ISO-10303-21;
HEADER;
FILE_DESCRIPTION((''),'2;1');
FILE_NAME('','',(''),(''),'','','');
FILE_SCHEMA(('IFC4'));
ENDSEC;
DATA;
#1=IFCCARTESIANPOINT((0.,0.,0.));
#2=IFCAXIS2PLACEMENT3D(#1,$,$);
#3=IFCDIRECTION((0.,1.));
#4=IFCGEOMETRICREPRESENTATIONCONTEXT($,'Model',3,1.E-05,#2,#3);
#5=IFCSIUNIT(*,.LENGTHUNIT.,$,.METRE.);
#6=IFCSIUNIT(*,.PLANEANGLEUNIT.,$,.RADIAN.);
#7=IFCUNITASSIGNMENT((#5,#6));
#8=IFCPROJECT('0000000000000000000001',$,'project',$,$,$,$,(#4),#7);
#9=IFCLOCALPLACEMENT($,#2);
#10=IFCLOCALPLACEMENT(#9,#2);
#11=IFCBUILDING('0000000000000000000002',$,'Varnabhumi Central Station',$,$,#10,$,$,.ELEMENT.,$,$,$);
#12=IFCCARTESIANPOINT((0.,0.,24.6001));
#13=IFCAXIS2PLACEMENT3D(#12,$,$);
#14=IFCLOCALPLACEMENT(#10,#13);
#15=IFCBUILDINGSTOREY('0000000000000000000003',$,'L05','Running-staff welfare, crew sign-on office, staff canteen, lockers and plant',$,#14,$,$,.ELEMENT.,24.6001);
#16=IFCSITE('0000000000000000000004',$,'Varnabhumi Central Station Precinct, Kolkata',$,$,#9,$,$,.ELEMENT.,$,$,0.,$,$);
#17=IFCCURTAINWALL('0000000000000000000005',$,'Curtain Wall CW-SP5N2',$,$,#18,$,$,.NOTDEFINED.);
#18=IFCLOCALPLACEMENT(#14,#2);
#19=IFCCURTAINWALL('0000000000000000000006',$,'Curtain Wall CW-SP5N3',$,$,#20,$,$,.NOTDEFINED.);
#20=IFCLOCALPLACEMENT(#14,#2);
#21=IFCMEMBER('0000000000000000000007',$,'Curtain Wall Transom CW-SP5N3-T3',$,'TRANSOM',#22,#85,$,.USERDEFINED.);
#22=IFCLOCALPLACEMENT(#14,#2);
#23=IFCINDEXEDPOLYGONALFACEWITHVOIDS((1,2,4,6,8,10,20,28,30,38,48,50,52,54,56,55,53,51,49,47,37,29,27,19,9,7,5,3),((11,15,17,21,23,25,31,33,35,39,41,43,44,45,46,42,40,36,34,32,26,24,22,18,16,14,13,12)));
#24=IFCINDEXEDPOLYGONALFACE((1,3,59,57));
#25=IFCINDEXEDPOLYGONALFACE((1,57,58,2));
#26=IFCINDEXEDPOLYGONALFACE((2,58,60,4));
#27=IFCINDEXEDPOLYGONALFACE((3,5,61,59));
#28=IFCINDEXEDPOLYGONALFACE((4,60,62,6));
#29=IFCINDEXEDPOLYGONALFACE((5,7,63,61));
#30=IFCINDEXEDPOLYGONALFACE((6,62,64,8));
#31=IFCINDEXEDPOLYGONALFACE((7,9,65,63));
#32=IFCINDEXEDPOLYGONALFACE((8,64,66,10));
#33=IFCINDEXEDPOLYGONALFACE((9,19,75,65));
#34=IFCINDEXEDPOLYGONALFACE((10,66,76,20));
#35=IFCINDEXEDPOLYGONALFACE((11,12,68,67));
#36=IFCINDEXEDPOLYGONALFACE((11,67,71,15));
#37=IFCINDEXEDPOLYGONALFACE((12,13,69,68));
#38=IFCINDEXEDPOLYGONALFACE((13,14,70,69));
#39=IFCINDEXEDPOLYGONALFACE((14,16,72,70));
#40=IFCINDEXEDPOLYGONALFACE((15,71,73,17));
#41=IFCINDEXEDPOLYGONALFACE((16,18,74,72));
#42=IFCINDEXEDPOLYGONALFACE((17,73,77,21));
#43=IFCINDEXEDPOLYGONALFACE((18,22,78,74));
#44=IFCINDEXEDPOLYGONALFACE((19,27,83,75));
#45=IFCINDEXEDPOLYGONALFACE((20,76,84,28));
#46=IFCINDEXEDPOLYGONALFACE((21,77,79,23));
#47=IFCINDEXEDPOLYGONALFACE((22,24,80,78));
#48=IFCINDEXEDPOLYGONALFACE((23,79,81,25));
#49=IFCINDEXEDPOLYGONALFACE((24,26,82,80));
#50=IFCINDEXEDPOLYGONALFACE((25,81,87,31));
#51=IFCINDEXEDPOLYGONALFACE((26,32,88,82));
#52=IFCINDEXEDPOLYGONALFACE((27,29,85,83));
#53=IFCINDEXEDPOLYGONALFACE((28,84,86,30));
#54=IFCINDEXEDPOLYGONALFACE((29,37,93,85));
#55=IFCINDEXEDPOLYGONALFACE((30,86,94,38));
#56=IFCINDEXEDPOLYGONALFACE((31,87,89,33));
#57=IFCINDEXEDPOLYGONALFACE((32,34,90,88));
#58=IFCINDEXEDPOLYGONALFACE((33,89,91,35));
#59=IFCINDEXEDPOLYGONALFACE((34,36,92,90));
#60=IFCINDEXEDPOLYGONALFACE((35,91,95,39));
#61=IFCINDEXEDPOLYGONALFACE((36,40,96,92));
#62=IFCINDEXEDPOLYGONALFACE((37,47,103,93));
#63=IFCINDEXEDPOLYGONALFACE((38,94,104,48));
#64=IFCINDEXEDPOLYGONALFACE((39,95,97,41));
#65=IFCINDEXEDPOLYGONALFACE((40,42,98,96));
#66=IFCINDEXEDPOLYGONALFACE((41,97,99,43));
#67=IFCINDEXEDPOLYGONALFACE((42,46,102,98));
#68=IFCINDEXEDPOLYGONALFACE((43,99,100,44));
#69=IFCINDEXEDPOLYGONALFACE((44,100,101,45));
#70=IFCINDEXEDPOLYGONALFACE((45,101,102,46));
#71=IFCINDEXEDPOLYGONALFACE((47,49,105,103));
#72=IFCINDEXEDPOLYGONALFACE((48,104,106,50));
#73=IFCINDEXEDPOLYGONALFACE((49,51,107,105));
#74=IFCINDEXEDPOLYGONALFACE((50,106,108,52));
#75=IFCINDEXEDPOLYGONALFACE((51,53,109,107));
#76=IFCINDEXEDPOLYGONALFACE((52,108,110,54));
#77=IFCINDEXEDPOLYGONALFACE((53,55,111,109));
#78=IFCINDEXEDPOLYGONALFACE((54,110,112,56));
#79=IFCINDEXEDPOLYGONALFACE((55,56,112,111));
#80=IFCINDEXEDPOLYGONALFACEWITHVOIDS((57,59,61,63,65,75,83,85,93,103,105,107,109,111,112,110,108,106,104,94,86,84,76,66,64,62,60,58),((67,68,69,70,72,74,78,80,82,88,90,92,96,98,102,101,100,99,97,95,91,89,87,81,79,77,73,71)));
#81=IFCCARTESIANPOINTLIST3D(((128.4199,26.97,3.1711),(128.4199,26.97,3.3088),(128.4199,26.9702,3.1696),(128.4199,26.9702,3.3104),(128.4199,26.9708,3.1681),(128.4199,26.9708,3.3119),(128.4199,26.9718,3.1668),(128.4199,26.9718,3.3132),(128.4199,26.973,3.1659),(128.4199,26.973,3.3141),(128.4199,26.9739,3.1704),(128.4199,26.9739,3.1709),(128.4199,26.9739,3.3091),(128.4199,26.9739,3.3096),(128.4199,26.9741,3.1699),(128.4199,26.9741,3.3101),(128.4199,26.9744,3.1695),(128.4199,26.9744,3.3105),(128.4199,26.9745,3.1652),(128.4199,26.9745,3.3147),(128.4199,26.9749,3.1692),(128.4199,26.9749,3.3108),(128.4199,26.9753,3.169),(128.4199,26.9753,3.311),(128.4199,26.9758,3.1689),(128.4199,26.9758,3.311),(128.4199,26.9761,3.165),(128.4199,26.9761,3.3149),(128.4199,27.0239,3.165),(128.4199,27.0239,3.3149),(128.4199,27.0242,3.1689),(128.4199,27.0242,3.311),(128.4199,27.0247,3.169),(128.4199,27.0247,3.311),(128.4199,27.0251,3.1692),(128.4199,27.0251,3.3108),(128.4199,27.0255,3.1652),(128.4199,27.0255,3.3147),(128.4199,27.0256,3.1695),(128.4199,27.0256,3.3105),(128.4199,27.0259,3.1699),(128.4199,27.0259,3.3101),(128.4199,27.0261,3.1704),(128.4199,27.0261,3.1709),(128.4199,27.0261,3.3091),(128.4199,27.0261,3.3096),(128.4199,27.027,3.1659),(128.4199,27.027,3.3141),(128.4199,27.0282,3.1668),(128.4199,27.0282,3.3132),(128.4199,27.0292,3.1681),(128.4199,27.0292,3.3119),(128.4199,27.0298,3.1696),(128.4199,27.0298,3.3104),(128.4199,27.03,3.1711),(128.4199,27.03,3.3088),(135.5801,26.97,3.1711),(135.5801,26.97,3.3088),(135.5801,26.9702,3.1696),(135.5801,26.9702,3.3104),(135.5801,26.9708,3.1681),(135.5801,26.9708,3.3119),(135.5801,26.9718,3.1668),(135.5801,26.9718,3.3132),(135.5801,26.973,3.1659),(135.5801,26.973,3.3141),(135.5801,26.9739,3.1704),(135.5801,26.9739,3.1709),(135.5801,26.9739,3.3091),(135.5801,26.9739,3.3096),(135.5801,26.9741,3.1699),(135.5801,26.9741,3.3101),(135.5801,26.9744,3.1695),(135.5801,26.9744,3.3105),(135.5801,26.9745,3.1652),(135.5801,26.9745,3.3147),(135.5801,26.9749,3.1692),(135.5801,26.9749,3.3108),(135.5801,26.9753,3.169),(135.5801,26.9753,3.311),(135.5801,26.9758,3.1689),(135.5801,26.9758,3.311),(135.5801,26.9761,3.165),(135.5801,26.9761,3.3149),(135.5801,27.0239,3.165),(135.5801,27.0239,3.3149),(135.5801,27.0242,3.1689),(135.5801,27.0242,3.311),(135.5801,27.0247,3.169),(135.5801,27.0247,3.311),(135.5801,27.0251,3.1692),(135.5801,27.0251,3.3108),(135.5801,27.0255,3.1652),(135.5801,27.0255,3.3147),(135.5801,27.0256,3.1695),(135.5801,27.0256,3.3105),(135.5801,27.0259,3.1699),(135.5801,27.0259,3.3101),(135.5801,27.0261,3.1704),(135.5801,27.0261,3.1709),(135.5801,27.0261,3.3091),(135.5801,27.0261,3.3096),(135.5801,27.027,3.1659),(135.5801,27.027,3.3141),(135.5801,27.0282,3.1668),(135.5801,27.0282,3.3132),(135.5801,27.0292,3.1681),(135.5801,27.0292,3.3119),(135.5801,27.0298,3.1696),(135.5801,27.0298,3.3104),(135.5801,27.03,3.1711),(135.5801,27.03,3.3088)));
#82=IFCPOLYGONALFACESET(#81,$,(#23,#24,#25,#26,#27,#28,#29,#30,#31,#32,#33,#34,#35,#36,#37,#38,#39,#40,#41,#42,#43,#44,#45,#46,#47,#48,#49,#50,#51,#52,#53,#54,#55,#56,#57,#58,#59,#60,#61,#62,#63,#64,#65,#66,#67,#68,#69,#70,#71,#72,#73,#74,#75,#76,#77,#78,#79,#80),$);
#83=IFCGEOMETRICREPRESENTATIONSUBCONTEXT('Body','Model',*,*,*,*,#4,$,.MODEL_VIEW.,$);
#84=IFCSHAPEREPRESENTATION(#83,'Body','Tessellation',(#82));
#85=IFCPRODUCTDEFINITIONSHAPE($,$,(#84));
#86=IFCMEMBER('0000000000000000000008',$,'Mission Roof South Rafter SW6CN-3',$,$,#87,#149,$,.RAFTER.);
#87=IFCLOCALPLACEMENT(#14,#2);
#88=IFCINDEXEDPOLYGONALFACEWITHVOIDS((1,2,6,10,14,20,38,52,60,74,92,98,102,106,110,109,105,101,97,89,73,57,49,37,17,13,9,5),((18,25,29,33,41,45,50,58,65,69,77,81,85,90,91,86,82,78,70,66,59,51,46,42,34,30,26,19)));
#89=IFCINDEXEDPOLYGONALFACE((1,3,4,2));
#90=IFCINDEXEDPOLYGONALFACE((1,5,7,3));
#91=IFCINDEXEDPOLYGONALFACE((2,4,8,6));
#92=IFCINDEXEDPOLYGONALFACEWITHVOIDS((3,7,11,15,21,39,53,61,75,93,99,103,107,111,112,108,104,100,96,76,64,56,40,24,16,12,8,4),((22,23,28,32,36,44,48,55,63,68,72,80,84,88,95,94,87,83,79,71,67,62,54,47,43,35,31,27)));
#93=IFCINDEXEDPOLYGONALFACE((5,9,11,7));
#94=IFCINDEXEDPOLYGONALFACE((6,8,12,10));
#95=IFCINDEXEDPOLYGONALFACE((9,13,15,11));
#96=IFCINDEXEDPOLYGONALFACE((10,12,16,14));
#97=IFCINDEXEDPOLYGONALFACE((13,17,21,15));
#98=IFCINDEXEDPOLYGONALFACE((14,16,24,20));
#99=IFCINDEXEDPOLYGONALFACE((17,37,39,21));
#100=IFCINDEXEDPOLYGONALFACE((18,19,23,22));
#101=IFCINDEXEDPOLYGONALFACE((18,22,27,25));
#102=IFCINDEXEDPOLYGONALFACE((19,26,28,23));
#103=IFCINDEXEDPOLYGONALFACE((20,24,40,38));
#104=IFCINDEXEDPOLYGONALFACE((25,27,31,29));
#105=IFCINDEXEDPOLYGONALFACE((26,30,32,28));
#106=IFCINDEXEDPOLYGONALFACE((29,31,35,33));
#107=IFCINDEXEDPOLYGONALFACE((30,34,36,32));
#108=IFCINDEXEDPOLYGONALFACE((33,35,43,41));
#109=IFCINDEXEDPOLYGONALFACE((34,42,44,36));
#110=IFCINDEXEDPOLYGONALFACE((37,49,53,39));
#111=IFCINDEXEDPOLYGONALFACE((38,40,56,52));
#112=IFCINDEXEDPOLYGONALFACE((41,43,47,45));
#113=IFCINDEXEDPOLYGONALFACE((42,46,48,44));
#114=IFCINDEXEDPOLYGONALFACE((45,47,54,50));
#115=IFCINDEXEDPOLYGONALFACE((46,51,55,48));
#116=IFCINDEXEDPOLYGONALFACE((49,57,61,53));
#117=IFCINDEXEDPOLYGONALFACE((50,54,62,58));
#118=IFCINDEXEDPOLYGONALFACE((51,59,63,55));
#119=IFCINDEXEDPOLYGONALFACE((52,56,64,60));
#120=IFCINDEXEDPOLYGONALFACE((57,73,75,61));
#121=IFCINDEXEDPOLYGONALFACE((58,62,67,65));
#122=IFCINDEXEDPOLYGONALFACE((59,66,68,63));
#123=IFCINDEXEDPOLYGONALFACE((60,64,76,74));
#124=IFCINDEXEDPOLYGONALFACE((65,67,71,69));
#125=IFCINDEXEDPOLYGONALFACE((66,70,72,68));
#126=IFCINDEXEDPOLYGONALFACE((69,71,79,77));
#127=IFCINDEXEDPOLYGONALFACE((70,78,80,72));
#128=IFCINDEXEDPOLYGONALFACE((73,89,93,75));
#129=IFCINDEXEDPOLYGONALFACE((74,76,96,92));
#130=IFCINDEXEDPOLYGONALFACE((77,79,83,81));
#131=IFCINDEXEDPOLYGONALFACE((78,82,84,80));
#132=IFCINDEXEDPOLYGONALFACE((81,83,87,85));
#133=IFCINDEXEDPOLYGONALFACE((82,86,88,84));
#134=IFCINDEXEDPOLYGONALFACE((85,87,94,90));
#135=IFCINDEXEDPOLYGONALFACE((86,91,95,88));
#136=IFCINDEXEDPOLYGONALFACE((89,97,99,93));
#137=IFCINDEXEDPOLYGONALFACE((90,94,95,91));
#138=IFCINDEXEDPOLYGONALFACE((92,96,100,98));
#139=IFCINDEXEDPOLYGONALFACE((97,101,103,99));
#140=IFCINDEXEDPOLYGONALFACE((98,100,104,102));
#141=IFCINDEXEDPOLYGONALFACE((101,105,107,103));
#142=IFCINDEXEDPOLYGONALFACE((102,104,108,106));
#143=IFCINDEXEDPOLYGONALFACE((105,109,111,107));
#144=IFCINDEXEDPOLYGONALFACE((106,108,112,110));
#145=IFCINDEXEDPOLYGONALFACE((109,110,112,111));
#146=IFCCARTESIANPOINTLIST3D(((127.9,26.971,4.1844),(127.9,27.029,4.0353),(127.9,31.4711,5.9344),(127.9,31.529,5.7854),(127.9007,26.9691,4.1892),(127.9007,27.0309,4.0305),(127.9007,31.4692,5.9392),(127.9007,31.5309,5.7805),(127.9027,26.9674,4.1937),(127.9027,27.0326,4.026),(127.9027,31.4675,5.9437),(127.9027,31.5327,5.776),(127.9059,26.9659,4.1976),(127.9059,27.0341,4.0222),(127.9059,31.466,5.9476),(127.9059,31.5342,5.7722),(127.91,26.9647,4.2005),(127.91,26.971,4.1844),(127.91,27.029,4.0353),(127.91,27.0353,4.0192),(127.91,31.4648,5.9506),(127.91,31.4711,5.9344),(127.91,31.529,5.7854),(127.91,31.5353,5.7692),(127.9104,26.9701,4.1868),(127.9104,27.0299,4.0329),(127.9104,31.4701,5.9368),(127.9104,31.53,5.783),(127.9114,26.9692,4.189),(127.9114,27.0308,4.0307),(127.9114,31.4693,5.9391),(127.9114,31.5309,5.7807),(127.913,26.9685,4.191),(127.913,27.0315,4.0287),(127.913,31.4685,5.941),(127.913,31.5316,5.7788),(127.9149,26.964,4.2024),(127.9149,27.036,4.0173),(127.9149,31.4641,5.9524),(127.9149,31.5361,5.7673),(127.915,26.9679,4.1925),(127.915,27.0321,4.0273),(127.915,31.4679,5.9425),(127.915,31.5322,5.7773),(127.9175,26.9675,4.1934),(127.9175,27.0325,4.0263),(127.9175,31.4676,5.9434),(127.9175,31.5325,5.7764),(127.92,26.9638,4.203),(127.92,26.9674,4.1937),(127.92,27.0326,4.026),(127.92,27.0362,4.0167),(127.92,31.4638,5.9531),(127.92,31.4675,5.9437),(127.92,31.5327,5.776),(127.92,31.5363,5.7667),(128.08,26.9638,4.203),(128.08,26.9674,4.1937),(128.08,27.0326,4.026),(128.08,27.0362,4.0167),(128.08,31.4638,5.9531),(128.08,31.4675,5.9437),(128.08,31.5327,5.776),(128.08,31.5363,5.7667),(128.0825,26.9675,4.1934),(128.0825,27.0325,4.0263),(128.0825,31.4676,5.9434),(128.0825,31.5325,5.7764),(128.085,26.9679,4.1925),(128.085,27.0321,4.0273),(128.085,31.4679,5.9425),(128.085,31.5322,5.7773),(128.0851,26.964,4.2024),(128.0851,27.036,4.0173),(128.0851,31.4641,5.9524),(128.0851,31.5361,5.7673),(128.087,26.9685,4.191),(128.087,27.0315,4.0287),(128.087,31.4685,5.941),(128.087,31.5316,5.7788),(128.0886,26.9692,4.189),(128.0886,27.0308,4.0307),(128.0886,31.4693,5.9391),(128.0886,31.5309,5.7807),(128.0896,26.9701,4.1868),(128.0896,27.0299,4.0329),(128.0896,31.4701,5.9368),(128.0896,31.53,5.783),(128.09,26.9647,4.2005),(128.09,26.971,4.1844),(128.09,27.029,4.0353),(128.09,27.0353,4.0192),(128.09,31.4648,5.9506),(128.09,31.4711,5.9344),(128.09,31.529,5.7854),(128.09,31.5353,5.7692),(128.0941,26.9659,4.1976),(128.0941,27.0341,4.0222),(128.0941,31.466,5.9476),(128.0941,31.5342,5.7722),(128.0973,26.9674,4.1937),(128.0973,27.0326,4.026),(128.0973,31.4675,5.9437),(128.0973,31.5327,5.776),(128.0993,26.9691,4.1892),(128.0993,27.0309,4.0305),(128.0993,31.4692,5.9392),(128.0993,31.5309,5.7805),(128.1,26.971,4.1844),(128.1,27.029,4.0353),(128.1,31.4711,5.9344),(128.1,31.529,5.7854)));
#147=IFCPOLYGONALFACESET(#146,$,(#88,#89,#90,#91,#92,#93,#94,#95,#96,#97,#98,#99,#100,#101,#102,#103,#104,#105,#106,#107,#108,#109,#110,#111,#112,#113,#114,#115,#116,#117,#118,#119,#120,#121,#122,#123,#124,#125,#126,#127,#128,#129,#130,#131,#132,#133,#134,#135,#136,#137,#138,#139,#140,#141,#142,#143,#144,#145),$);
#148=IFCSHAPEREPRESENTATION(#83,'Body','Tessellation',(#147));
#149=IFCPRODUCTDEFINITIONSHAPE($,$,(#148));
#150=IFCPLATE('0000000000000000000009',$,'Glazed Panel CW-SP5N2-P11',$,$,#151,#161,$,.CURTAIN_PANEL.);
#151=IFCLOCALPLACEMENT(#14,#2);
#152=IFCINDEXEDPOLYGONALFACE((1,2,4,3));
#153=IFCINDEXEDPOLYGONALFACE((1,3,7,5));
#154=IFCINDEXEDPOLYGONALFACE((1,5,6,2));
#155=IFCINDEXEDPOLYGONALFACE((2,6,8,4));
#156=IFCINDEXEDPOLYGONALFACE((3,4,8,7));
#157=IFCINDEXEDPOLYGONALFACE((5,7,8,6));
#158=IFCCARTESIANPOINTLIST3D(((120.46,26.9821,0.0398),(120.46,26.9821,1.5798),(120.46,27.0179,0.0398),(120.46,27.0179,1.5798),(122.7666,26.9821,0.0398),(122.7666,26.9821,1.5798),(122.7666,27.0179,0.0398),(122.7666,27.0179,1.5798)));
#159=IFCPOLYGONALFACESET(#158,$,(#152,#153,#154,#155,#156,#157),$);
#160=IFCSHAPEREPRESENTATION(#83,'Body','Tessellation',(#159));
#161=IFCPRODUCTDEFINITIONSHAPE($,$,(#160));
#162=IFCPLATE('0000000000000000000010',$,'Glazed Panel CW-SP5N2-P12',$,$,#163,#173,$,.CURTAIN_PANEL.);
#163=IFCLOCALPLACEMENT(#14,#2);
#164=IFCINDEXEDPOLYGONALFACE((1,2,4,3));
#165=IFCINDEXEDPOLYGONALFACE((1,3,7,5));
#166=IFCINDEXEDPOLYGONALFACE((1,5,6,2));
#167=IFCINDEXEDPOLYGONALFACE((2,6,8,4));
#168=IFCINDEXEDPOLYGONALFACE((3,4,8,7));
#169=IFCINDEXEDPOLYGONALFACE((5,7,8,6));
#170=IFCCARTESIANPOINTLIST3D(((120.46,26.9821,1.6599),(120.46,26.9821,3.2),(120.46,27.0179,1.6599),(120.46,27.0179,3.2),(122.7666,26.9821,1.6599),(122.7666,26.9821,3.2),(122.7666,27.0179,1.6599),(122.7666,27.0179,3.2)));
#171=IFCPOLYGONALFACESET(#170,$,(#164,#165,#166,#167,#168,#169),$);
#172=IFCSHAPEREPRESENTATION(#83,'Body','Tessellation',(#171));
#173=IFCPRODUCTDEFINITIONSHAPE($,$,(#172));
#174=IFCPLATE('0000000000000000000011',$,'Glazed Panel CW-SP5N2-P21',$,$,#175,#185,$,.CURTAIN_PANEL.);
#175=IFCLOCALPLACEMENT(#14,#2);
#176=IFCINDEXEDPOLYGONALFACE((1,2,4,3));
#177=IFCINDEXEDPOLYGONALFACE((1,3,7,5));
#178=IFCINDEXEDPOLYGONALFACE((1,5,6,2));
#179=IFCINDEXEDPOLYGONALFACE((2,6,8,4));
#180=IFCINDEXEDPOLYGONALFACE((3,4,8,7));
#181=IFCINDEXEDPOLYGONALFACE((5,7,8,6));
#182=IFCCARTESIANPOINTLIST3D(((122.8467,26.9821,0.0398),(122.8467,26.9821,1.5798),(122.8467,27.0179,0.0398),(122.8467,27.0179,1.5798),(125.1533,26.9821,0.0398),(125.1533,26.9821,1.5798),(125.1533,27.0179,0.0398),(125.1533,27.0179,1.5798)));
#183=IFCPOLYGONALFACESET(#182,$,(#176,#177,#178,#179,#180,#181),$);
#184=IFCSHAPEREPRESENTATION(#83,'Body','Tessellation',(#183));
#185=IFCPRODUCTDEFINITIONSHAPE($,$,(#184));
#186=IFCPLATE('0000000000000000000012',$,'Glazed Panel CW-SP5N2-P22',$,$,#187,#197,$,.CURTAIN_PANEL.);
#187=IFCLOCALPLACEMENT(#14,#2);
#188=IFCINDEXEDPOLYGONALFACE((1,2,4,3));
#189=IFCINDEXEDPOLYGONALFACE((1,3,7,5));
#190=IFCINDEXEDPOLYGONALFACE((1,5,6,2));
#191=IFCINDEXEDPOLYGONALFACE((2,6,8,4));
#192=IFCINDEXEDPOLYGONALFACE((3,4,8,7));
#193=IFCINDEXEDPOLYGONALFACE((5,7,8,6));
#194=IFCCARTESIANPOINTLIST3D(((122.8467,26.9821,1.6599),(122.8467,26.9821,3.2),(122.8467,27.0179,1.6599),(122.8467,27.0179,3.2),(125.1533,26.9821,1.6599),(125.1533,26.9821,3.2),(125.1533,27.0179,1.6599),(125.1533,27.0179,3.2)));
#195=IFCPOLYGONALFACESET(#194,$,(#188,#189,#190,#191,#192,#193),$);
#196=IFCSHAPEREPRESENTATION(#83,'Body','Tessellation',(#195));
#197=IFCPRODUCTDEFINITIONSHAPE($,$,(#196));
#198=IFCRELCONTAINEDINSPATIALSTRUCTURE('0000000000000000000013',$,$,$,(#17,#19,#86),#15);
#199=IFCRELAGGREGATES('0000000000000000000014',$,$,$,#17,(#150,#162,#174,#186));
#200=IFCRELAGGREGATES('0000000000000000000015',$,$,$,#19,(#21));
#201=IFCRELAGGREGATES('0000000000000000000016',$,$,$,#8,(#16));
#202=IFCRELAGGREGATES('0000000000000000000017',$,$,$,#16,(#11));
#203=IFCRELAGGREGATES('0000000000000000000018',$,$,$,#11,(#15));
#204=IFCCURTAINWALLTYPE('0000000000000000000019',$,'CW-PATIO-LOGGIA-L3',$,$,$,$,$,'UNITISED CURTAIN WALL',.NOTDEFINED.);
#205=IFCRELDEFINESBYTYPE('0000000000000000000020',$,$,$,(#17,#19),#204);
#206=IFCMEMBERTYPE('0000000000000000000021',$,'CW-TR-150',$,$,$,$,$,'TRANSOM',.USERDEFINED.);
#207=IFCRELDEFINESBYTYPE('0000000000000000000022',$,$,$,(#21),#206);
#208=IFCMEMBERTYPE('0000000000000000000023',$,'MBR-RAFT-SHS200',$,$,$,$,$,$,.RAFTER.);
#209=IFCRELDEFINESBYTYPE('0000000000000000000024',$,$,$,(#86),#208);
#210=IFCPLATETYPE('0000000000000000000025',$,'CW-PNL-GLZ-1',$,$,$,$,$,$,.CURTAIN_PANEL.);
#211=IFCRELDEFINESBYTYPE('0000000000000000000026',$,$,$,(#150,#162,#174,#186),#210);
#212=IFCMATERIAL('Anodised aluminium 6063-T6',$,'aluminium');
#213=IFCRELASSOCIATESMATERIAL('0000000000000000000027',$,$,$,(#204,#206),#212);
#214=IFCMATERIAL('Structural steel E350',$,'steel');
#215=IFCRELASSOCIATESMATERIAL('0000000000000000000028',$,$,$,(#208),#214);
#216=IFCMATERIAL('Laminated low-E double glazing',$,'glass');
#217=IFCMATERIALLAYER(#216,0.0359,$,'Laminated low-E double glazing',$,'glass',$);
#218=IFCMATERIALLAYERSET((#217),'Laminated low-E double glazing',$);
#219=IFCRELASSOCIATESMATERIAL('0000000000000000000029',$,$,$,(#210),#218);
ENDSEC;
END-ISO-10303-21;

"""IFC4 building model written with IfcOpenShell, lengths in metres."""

from ifc_helpers import new_model, si_unit, direction, frame, origin, origin_2d, place, context, subcontext, project, spatial, rectangle, hollow_rectangle, extrude, material, layer, layer_set, material_profile, profile_set, type_object, element, aggregate, save


model = new_model("IFC4")

# Units and contexts
model_context = context("Model", 3, precision=1e-05, world=origin(), true_north=direction((0.0, 1.0)))
body_context = subcontext(model_context, "Body", "Model", "MODEL_VIEW")
ifc_project = project(units=[si_unit("LENGTHUNIT", "METRE"), si_unit("PLANEANGLEUNIT", "RADIAN")], contexts=[model_context])

# Site, building, storey
site_placement = place(None, origin())
site = spatial("IfcSite", under=ifc_project, at=site_placement, Name="Varnabhumi Central Station Precinct, Kolkata", CompositionType="ELEMENT", RefElevation=0.0)
building_placement = place(site_placement, origin())
building = spatial("IfcBuilding", under=site, at=building_placement, Name="Varnabhumi Central Station", CompositionType="ELEMENT")
storey_placement = place(building_placement, frame((0.0, 0.0, 24.6001)))
storey = spatial("IfcBuildingStorey", under=building, at=storey_placement, Name="L05", Description="Running-staff welfare, crew sign-on office, staff canteen, lockers and plant", CompositionType="ELEMENT", Elevation=24.6001)

# Curtain walls
ifc_material_1 = material(Name="Anodised aluminium 6063-T6", Category="aluminium")
curtain_wall_type = type_object("IfcCurtainWallType", Name="CW-PATIO-LOGGIA-L3", ElementType="UNITISED CURTAIN WALL", PredefinedType="NOTDEFINED", material=ifc_material_1)
curtain_wall_1_placement = place(storey_placement, origin())
curtain_wall_1 = element("IfcCurtainWall", 1, at=curtain_wall_1_placement, inside=storey, type_object=curtain_wall_type, Name="Curtain Wall CW-SP5N2", PredefinedType="NOTDEFINED")
curtain_wall_2_placement = place(storey_placement, origin())
curtain_wall_2 = element("IfcCurtainWall", 2, at=curtain_wall_2_placement, inside=storey, type_object=curtain_wall_type, Name="Curtain Wall CW-SP5N3", PredefinedType="NOTDEFINED")

# Members
ifc_material_profile_1 = material_profile(ifc_material_1, hollow_rectangle(XDim=0.0601, YDim=0.1499, WallThickness=0.0039, InnerFilletRadius=0.002, OuterFilletRadius=0.0061, at=origin_2d()), Name="Anodised aluminium 6063-T6", Category="aluminium")
ifc_profile_set_1 = profile_set([ifc_material_profile_1], Name="Anodised aluminium 6063-T6")
member_type_1 = type_object("IfcMemberType", Name="CW-TR-150", ElementType="TRANSOM", PredefinedType="USERDEFINED", material=ifc_profile_set_1)
member_1_placement = place(storey_placement, frame((128.4199, 27.0, 3.24), z_axis=(1.0, 0.0, 0.0), x_axis=(0.0, 1.0, 0.0)))
member_1 = element("IfcMember", 3, at=member_1_placement, type_object=member_type_1, Name="Curtain Wall Transom CW-SP5N3-T3", ObjectType="TRANSOM", PredefinedType="USERDEFINED", context=body_context, shape_type="SweptSolid", body=[
    extrude(hollow_rectangle(XDim=0.0601, YDim=0.1499, WallThickness=0.0039, InnerFilletRadius=0.002, OuterFilletRadius=0.0061, at=origin_2d()), origin(), (0.0, 0.0, 1.0), 7.1602),
])
ifc_material_2 = material(Name="Structural steel E350", Category="steel")
ifc_material_profile_2 = material_profile(ifc_material_2, hollow_rectangle(XDim=0.2, YDim=0.2, WallThickness=0.01, InnerFilletRadius=0.01, OuterFilletRadius=0.02, at=origin_2d()), Name="Structural steel E350", Category="steel")
ifc_profile_set_2 = profile_set([ifc_material_profile_2], Name="Structural steel E350")
member_type_2 = type_object("IfcMemberType", Name="MBR-RAFT-SHS200", PredefinedType="RAFTER", material=ifc_profile_set_2)
member_2_placement = place(storey_placement, frame((128.0, 27.0, 4.1099), z_axis=(0.0, 0.932005, 0.362446), x_axis=(-1.0, 0.0, 0.0)))
element("IfcMember", 4, at=member_2_placement, inside=storey, type_object=member_type_2, Name="Mission Roof South Rafter SW6CN-3", PredefinedType="RAFTER", context=body_context, shape_type="SweptSolid", body=[
    extrude(hollow_rectangle(XDim=0.2, YDim=0.2, WallThickness=0.01, InnerFilletRadius=0.01, OuterFilletRadius=0.02, at=origin_2d()), origin(), (0.0, 0.0, 1.0), 4.8284),
])

# Plates
ifc_material_3 = material(Name="Laminated low-E double glazing", Category="glass")
ifc_layer_1 = layer(ifc_material_3, 0.0359, Name="Laminated low-E double glazing", Category="glass")
ifc_layer_set_1 = layer_set([ifc_layer_1], Name="Laminated low-E double glazing")
plate_type_1 = type_object("IfcPlateType", Name="CW-PNL-GLZ-1", PredefinedType="CURTAIN_PANEL", material=ifc_layer_set_1)
plate_1_placement = place(storey_placement, frame((121.6133, 27.0, 0.0398), z_axis=(0.0, 0.0, 1.0), x_axis=(1.0, 0.0, 0.0)))
plate_1 = element("IfcPlate", 5, at=plate_1_placement, type_object=plate_type_1, Name="Glazed Panel CW-SP5N2-P11", PredefinedType="CURTAIN_PANEL", context=body_context, shape_type="SweptSolid", body=[
    extrude(rectangle(XDim=2.3066, YDim=0.0359, at=origin_2d()), origin(), (0.0, 0.0, 1.0), 1.54),
])
plate_2_placement = place(storey_placement, frame((121.6133, 27.0, 1.6599), z_axis=(0.0, 0.0, 1.0), x_axis=(1.0, 0.0, 0.0)))
plate_2 = element("IfcPlate", 6, at=plate_2_placement, type_object=plate_type_1, Name="Glazed Panel CW-SP5N2-P12", PredefinedType="CURTAIN_PANEL", context=body_context, shape_type="SweptSolid", body=[
    extrude(rectangle(XDim=2.3066, YDim=0.0359, at=origin_2d()), origin(), (0.0, 0.0, 1.0), 1.54),
])
plate_3_placement = place(storey_placement, frame((124.0, 27.0, 0.0398), z_axis=(0.0, 0.0, 1.0), x_axis=(1.0, 0.0, 0.0)))
plate_3 = element("IfcPlate", 7, at=plate_3_placement, type_object=plate_type_1, Name="Glazed Panel CW-SP5N2-P21", PredefinedType="CURTAIN_PANEL", context=body_context, shape_type="SweptSolid", body=[
    extrude(rectangle(XDim=2.3066, YDim=0.0359, at=origin_2d()), origin(), (0.0, 0.0, 1.0), 1.54),
])
plate_4_placement = place(storey_placement, frame((124.0, 27.0, 1.6599), z_axis=(0.0, 0.0, 1.0), x_axis=(1.0, 0.0, 0.0)))
plate_4 = element("IfcPlate", 8, at=plate_4_placement, type_object=plate_type_1, Name="Glazed Panel CW-SP5N2-P22", PredefinedType="CURTAIN_PANEL", context=body_context, shape_type="SweptSolid", body=[
    extrude(rectangle(XDim=2.3066, YDim=0.0359, at=origin_2d()), origin(), (0.0, 0.0, 1.0), 1.54),
])
aggregate(curtain_wall_1, [plate_1, plate_2, plate_3, plate_4])
aggregate(curtain_wall_2, [member_1])

save(model, "model.ifc")
